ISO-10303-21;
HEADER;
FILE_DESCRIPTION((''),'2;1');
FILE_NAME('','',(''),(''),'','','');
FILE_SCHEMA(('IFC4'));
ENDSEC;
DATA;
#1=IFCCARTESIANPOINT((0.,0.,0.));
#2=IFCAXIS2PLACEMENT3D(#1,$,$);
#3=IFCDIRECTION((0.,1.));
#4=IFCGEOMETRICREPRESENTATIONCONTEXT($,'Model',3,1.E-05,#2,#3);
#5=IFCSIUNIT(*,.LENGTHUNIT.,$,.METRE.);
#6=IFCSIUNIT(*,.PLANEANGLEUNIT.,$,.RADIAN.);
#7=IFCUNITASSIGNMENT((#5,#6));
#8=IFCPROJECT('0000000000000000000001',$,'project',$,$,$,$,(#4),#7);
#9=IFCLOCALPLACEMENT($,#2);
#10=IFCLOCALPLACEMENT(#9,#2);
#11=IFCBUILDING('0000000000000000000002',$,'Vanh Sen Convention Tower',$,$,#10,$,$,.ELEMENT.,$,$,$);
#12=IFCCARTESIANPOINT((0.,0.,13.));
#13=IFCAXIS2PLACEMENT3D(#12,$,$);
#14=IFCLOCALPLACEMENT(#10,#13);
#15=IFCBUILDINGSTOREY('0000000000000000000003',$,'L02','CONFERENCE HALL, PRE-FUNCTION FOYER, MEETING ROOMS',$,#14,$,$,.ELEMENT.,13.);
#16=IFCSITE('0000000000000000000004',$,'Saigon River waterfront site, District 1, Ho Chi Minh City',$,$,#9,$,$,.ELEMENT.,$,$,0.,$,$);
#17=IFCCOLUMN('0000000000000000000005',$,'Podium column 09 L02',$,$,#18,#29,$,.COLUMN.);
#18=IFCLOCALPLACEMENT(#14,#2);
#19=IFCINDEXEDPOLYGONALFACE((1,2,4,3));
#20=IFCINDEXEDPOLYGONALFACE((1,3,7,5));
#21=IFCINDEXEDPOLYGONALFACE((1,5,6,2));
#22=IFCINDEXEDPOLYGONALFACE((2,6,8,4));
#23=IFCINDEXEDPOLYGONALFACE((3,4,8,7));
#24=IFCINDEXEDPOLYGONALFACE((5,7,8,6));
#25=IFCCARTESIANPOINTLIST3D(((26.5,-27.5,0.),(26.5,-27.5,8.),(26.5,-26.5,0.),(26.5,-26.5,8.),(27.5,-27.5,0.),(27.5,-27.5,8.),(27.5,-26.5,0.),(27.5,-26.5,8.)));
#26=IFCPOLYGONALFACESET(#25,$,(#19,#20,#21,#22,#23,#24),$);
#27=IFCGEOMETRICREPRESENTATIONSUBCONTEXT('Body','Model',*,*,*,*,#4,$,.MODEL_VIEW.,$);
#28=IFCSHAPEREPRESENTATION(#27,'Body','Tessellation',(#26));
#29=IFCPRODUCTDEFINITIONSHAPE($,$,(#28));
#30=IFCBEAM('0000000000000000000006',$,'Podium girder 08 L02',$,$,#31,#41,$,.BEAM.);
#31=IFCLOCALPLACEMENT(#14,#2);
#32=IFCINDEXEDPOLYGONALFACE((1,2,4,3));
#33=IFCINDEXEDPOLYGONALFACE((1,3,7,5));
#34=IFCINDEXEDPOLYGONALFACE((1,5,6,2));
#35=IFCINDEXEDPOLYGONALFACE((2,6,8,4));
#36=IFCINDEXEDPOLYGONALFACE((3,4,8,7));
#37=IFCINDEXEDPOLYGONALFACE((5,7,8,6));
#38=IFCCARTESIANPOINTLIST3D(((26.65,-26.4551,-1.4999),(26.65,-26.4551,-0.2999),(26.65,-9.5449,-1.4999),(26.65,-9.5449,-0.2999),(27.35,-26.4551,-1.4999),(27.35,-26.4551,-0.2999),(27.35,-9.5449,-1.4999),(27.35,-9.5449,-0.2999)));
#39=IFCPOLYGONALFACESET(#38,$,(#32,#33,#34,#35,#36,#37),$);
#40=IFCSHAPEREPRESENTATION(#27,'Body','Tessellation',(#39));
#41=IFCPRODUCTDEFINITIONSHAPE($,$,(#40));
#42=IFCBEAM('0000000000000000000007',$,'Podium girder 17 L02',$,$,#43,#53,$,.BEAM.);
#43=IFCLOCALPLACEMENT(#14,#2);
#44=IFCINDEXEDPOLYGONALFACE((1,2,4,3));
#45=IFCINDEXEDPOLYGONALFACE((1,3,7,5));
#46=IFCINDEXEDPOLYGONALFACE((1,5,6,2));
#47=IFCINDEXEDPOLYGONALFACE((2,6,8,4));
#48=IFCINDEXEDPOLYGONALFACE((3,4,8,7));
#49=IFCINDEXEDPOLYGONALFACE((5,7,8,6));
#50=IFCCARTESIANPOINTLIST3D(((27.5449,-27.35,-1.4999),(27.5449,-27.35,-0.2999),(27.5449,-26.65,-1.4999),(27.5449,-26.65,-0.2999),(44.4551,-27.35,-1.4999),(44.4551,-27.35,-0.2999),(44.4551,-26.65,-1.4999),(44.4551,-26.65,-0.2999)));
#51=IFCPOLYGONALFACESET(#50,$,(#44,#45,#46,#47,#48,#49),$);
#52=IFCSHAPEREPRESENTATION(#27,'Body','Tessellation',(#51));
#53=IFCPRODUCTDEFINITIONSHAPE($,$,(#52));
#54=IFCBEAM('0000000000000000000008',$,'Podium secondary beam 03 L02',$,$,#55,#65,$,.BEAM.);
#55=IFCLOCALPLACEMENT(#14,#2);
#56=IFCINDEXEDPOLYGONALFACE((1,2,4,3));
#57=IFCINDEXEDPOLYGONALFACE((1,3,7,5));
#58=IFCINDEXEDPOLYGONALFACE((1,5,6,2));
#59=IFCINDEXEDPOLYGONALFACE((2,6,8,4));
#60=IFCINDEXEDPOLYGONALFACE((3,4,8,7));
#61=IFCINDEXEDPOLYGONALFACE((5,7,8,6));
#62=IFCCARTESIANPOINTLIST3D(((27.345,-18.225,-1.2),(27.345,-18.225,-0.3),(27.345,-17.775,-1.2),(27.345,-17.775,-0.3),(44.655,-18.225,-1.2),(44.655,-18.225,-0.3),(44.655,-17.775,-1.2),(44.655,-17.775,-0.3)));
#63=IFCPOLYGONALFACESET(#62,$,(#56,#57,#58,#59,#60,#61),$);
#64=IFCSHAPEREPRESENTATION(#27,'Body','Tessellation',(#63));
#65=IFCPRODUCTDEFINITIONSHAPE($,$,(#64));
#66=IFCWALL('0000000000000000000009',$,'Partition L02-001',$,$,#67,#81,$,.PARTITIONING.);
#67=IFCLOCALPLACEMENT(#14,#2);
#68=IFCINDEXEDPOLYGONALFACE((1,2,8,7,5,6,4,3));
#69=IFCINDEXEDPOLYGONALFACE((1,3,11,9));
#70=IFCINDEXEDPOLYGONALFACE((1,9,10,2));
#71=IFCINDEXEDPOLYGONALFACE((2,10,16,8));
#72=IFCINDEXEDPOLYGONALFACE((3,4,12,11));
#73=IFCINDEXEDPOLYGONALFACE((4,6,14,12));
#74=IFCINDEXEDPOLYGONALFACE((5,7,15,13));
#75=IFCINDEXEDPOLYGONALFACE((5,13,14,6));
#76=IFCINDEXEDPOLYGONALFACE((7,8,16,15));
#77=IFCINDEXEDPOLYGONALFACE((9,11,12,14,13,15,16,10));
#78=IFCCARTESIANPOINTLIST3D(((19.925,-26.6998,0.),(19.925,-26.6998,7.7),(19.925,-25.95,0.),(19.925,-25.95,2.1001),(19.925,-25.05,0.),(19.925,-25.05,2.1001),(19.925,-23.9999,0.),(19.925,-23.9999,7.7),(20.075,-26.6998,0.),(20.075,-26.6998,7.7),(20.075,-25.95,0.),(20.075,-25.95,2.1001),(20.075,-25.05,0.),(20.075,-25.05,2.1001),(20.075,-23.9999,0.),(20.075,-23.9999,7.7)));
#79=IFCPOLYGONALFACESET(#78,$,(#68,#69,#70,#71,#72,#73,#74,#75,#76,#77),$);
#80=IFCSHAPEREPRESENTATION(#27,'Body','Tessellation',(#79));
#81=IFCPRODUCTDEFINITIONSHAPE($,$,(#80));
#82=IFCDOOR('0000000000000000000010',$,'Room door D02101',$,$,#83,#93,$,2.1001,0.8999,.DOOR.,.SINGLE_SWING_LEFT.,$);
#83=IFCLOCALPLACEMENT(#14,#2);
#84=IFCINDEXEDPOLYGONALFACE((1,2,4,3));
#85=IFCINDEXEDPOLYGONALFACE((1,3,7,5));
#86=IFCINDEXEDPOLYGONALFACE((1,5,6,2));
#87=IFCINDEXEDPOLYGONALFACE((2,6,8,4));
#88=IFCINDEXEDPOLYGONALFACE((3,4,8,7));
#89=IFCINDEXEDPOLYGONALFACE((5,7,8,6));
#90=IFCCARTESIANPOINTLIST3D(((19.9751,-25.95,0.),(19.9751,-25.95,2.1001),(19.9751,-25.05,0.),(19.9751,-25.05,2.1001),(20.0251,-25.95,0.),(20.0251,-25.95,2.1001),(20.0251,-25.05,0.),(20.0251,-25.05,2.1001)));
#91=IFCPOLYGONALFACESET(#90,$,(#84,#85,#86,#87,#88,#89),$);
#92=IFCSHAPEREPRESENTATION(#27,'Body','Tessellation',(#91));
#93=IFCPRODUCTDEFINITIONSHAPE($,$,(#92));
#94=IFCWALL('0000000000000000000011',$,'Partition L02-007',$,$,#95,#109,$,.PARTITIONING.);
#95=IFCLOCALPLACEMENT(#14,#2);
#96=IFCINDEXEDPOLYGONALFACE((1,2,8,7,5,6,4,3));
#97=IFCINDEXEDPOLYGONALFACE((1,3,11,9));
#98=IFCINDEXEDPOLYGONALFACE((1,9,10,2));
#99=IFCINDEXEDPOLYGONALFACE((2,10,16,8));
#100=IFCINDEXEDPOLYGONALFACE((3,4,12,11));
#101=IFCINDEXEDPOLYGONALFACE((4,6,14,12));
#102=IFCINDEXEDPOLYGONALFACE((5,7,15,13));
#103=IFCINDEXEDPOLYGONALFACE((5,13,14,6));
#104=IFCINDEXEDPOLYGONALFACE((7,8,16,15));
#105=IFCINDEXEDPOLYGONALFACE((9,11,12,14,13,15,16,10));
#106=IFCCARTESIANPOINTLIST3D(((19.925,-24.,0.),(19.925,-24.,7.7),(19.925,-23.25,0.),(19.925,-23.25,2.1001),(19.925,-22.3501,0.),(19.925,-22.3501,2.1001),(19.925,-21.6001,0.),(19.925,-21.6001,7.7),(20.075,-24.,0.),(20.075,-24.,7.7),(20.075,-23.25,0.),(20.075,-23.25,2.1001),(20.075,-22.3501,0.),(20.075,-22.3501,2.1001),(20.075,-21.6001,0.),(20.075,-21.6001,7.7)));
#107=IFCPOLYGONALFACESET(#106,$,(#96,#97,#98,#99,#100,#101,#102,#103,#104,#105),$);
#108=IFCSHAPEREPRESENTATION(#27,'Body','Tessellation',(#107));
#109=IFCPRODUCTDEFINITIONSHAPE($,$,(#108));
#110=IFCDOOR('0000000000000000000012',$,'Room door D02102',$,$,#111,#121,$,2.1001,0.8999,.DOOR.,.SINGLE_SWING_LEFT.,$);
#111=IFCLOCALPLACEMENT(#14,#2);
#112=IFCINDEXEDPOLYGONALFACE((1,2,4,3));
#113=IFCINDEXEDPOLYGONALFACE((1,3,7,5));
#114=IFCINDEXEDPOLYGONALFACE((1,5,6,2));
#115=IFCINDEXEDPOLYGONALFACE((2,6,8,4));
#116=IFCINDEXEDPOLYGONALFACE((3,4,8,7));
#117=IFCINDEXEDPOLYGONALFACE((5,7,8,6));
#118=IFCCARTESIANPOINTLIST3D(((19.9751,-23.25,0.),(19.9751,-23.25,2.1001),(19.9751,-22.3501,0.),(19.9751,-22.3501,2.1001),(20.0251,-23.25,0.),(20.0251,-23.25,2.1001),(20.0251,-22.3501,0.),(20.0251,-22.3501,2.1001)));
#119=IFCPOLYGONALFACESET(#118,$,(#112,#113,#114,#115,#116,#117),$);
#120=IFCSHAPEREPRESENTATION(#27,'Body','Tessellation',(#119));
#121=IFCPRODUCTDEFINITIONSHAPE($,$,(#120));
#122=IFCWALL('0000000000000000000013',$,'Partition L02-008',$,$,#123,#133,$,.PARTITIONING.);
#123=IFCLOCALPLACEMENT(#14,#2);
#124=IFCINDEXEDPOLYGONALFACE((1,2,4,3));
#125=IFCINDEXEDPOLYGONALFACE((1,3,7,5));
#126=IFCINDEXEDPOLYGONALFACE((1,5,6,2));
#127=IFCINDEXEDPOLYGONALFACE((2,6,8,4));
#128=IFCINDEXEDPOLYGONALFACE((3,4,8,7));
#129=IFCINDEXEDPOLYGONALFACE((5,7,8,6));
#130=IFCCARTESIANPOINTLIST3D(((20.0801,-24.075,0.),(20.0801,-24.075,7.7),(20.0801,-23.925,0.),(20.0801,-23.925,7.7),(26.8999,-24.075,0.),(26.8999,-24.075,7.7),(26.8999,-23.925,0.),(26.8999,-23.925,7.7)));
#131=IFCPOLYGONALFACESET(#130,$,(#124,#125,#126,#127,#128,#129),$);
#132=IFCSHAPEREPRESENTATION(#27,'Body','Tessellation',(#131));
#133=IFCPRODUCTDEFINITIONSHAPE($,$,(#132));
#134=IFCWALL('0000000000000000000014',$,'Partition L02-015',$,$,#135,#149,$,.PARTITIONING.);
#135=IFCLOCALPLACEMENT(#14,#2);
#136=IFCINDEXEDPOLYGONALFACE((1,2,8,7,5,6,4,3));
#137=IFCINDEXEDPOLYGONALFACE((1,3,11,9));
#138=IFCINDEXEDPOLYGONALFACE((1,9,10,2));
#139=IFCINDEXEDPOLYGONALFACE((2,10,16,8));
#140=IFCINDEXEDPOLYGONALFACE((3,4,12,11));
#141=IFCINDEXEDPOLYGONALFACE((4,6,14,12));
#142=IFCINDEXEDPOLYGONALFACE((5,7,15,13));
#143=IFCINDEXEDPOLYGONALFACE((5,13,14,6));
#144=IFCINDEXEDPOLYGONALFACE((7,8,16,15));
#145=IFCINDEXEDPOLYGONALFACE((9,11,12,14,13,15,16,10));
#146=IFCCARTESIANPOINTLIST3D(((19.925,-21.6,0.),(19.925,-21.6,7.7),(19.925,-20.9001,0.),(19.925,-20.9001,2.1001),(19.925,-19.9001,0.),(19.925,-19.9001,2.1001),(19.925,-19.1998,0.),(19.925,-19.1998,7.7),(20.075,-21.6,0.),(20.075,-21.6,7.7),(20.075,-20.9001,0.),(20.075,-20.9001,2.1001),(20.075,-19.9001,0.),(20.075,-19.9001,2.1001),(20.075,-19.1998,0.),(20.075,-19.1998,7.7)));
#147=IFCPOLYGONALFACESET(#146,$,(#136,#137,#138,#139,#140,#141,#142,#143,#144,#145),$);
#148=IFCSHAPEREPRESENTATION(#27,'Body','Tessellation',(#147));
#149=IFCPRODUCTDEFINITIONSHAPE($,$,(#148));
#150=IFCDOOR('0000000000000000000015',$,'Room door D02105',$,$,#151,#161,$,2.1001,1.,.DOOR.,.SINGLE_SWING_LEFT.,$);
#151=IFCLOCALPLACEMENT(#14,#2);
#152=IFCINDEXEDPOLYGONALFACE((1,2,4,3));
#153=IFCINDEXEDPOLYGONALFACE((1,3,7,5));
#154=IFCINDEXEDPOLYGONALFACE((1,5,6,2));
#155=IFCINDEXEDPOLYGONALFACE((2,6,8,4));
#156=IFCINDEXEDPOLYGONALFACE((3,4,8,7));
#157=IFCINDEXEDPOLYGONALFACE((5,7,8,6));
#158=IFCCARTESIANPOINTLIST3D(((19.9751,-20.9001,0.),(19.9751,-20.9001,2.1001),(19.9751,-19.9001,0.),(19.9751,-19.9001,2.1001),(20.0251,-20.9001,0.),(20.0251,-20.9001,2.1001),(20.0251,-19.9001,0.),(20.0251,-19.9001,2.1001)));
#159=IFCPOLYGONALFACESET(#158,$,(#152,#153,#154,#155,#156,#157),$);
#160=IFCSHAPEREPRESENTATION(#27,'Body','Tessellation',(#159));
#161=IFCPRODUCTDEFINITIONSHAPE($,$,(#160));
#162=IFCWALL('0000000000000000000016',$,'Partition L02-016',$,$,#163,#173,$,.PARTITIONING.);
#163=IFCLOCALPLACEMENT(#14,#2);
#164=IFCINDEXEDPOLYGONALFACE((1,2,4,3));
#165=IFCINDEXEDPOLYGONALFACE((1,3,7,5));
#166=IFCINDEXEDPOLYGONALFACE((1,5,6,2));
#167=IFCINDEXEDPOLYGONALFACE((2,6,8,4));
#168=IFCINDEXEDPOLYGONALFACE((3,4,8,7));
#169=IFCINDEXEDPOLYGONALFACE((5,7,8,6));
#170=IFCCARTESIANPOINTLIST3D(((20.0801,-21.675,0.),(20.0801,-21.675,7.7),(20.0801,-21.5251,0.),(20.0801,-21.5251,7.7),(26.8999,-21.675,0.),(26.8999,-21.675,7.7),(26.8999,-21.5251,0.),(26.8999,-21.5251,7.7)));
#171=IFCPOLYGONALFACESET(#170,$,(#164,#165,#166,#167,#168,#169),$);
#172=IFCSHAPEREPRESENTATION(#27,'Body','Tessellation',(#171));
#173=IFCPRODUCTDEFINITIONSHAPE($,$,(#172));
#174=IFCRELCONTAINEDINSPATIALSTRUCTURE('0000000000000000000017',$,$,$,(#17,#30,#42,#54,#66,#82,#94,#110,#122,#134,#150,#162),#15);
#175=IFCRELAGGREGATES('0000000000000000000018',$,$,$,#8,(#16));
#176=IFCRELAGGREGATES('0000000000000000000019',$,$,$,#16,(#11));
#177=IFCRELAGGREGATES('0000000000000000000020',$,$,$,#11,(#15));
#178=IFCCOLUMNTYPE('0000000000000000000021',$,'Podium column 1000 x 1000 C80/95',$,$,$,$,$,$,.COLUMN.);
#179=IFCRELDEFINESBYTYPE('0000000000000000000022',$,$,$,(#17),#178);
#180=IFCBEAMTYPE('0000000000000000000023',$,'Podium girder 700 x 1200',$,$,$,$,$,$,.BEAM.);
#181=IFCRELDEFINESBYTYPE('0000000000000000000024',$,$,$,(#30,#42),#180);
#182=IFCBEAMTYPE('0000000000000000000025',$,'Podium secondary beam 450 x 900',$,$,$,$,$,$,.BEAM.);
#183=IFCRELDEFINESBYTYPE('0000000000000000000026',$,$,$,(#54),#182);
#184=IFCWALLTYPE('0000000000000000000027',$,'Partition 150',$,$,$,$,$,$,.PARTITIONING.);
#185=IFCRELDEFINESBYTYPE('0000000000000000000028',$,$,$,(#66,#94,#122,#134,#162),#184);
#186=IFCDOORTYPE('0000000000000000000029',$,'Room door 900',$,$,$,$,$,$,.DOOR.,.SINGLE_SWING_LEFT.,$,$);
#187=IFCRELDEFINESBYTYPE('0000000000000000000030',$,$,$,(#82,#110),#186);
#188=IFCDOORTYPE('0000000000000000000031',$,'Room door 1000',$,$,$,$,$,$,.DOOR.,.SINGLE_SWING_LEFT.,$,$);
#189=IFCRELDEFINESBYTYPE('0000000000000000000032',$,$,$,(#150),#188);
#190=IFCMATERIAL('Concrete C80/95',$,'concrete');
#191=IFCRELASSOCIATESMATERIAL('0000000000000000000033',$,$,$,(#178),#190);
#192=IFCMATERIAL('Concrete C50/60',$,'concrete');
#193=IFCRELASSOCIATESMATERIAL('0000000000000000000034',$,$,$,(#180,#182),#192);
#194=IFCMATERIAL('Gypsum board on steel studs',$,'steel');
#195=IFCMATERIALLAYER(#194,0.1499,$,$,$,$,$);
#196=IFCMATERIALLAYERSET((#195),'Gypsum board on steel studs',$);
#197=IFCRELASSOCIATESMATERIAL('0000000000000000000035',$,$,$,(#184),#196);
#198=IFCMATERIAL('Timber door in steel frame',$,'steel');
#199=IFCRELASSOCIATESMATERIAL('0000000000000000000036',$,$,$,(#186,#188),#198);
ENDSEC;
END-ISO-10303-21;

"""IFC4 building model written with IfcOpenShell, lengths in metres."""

from ifc_helpers import new_model, si_unit, direction, frame, frame_2d, origin, origin_2d, place, context, subcontext, project, spatial, rectangle, extrude, material, layer, layer_set, material_profile, profile_set, type_object, element, fill, save


model = new_model("IFC4")

# Units and contexts
model_context = context("Model", 3, precision=1e-05, world=origin(), true_north=direction((0.0, 1.0)))
body_context = subcontext(model_context, "Body", "Model", "MODEL_VIEW")
ifc_project = project(units=[si_unit("LENGTHUNIT", "METRE"), si_unit("PLANEANGLEUNIT", "RADIAN")], contexts=[model_context])

# Site, building, storey
site_placement = place(None, origin())
site = spatial("IfcSite", under=ifc_project, at=site_placement, Name="Saigon River waterfront site, District 1, Ho Chi Minh City", CompositionType="ELEMENT", RefElevation=0.0)
building_placement = place(site_placement, origin())
building = spatial("IfcBuilding", under=site, at=building_placement, Name="Vanh Sen Convention Tower", CompositionType="ELEMENT")
storey_placement = place(building_placement, frame((0.0, 0.0, 13.0)))
storey = spatial("IfcBuildingStorey", under=building, at=storey_placement, Name="L02", Description="CONFERENCE HALL, PRE-FUNCTION FOYER, MEETING ROOMS", CompositionType="ELEMENT", Elevation=13.0)

# Column
ifc_material_1 = material(Name="Concrete C80/95", Category="concrete")
ifc_material_profile_1 = material_profile(ifc_material_1, rectangle(XDim=1.0, YDim=1.0, at=origin_2d()), Name="RC 1000X1000")
ifc_profile_set_1 = profile_set([ifc_material_profile_1], Name="Concrete C80/95")
column_type = type_object("IfcColumnType", Name="Podium column 1000 x 1000 C80/95", PredefinedType="COLUMN", material=ifc_profile_set_1)
column_placement = place(storey_placement, frame((27.0, -27.0, 0.0), z_axis=(0.0, 0.0, 1.0), x_axis=(1.0, 0.0, 0.0)))
element("IfcColumn", 1, at=column_placement, inside=storey, type_object=column_type, Name="Podium column 09 L02", PredefinedType="COLUMN", context=body_context, shape_type="SweptSolid", body=[
    extrude(rectangle(XDim=1.0, YDim=1.0, at=origin_2d()), origin(), (0.0, 0.0, 1.0), 8.0),
])

# Beams
ifc_material_2 = material(Name="Concrete C50/60", Category="concrete")
ifc_material_profile_2 = material_profile(ifc_material_2, rectangle(XDim=0.7, YDim=1.2, at=origin_2d()), Name="RC 700X1200")
ifc_profile_set_2 = profile_set([ifc_material_profile_2], Name="Concrete C50/60")
beam_type_1 = type_object("IfcBeamType", Name="Podium girder 700 x 1200", PredefinedType="BEAM", material=ifc_profile_set_2)
for number, where, z_axis, x_axis, name in (
    (2, (27.0, -26.4551, -0.8999), (0.0, 1.0, 0.0), (-1.0, 0.0, 0.0), "Podium girder 08 L02"),
    (3, (27.5449, -27.0, -0.8999), (1.0, 0.0, 0.0), (0.0, 1.0, 0.0), "Podium girder 17 L02"),
):
    element("IfcBeam", number, at=place(storey_placement, frame(where, z_axis=z_axis, x_axis=x_axis)), inside=storey, type_object=beam_type_1, Name=name, PredefinedType="BEAM", context=body_context, shape_type="SweptSolid", body=[
        extrude(rectangle(XDim=0.7, YDim=1.2, at=origin_2d()), origin(), (0.0, 0.0, 1.0), 16.9102),
    ])
ifc_material_profile_3 = material_profile(ifc_material_2, rectangle(XDim=0.45, YDim=0.8999, at=origin_2d()), Name="RC 450X900")
ifc_profile_set_3 = profile_set([ifc_material_profile_3], Name="Concrete C50/60")
beam_type_2 = type_object("IfcBeamType", Name="Podium secondary beam 450 x 900", PredefinedType="BEAM", material=ifc_profile_set_3)
beam_placement = place(storey_placement, frame((27.345, -18.0, -0.75), z_axis=(1.0, 0.0, 0.0), x_axis=(0.0, 1.0, 0.0)))
element("IfcBeam", 4, at=beam_placement, inside=storey, type_object=beam_type_2, Name="Podium secondary beam 03 L02", PredefinedType="BEAM", context=body_context, shape_type="SweptSolid", body=[
    extrude(rectangle(XDim=0.45, YDim=0.8999, at=origin_2d()), origin(), (0.0, 0.0, 1.0), 17.3101),
])

# Walls, openings, doors
ifc_material_3 = material(Name="Gypsum board on steel studs", Category="steel")
ifc_layer_1 = layer(ifc_material_3, 0.1499)
ifc_layer_set_1 = layer_set([ifc_layer_1], Name="Gypsum board on steel studs")
wall_type_1 = type_object("IfcWallType", Name="Partition 150", PredefinedType="PARTITIONING", material=ifc_layer_set_1)
wall_1_placement = place(storey_placement, frame((20.0, -26.7, 0.0), z_axis=(0.0, 0.0, 1.0), x_axis=(0.0, 1.0, 0.0)))
wall_1 = element("IfcWall", 5, at=wall_1_placement, inside=storey, type_object=wall_type_1, Name="Partition L02-001", PredefinedType="PARTITIONING", context=body_context, shape_type="SweptSolid", body=[
    extrude(rectangle(XDim=2.7, YDim=0.1499, at=frame_2d((1.3501, 0.0))), origin(), (0.0, 0.0, 1.0), 7.7),
])
opening_1_placement = place(wall_1_placement, frame((0.75, 0.0, 0.0)))
opening_1 = element("IfcOpeningElement", 6, at=opening_1_placement, cuts=wall_1, PredefinedType="OPENING", context=body_context, shape_type="SweptSolid", body=[
    extrude(rectangle(XDim=0.8999, YDim=2.1001, at=frame_2d((0.45, 1.05))), frame((0.0, 0.085, 0.0), z_axis=(0.0, -1.0, 0.0), x_axis=(1.0, 0.0, 0.0)), (0.0, 0.0, 1.0), 0.1699),
])
ifc_material_4 = material(Name="Timber door in steel frame", Category="steel")
door_type_1 = type_object("IfcDoorType", Name="Room door 900", OperationType="SINGLE_SWING_LEFT", PredefinedType="DOOR", material=ifc_material_4)
door_1_placement = place(opening_1_placement, origin())
door_1 = element("IfcDoor", 7, at=door_1_placement, inside=storey, type_object=door_type_1, Name="Room door D02101", OperationType="SINGLE_SWING_LEFT", OverallHeight=2.1001, OverallWidth=0.8999, PredefinedType="DOOR", context=body_context, shape_type="SweptSolid", body=[
    extrude(rectangle(XDim=0.8999, YDim=2.1001, at=frame_2d((0.45, 1.05))), frame((0.0, 0.0249, 0.0), z_axis=(0.0, -1.0, 0.0), x_axis=(1.0, 0.0, 0.0)), (0.0, 0.0, 1.0), 0.05),
])
fill(opening_1, door_1)
wall_2_placement = place(storey_placement, frame((20.0, -24.0, 0.0), z_axis=(0.0, 0.0, 1.0), x_axis=(0.0, 1.0, 0.0)))
wall_2 = element("IfcWall", 8, at=wall_2_placement, inside=storey, type_object=wall_type_1, Name="Partition L02-007", PredefinedType="PARTITIONING", context=body_context, shape_type="SweptSolid", body=[
    extrude(rectangle(XDim=2.3999, YDim=0.1499, at=frame_2d((1.2, 0.0))), origin(), (0.0, 0.0, 1.0), 7.7),
])
opening_2_placement = place(wall_2_placement, frame((0.75, 0.0, 0.0)))
opening_2 = element("IfcOpeningElement", 9, at=opening_2_placement, cuts=wall_2, PredefinedType="OPENING", context=body_context, shape_type="SweptSolid", body=[
    extrude(rectangle(XDim=0.8999, YDim=2.1001, at=frame_2d((0.45, 1.05))), frame((0.0, 0.085, 0.0), z_axis=(0.0, -1.0, 0.0), x_axis=(1.0, 0.0, 0.0)), (0.0, 0.0, 1.0), 0.1699),
])
door_2_placement = place(opening_2_placement, origin())
door_2 = element("IfcDoor", 10, at=door_2_placement, inside=storey, type_object=door_type_1, Name="Room door D02102", OperationType="SINGLE_SWING_LEFT", OverallHeight=2.1001, OverallWidth=0.8999, PredefinedType="DOOR", context=body_context, shape_type="SweptSolid", body=[
    extrude(rectangle(XDim=0.8999, YDim=2.1001, at=frame_2d((0.45, 1.05))), frame((0.0, 0.0249, 0.0), z_axis=(0.0, -1.0, 0.0), x_axis=(1.0, 0.0, 0.0)), (0.0, 0.0, 1.0), 0.05),
])
fill(opening_2, door_2)

# Wall
wall_3_placement = place(storey_placement, frame((20.0801, -24.0, 0.0), z_axis=(0.0, 0.0, 1.0), x_axis=(1.0, 0.0, 0.0)))
element("IfcWall", 11, at=wall_3_placement, inside=storey, type_object=wall_type_1, Name="Partition L02-008", PredefinedType="PARTITIONING", context=body_context, shape_type="SweptSolid", body=[
    extrude(rectangle(XDim=6.8198, YDim=0.1499, at=frame_2d((3.4099, 0.0))), origin(), (0.0, 0.0, 1.0), 7.7),
])

# Wall, opening, door
wall_4_placement = place(storey_placement, frame((20.0, -21.6001, 0.0), z_axis=(0.0, 0.0, 1.0), x_axis=(0.0, 1.0, 0.0)))
wall_4 = element("IfcWall", 12, at=wall_4_placement, inside=storey, type_object=wall_type_1, Name="Partition L02-015", PredefinedType="PARTITIONING", context=body_context, shape_type="SweptSolid", body=[
    extrude(rectangle(XDim=2.4001, YDim=0.1499, at=frame_2d((1.2002, 0.0))), origin(), (0.0, 0.0, 1.0), 7.7),
])
opening_3_placement = place(wall_4_placement, frame((0.7, 0.0, 0.0)))
opening_3 = element("IfcOpeningElement", 13, at=opening_3_placement, cuts=wall_4, PredefinedType="OPENING", context=body_context, shape_type="SweptSolid", body=[
    extrude(rectangle(XDim=1.0, YDim=2.1001, at=frame_2d((0.5, 1.05))), frame((0.0, 0.085, 0.0), z_axis=(0.0, -1.0, 0.0), x_axis=(1.0, 0.0, 0.0)), (0.0, 0.0, 1.0), 0.1699),
])
door_type_2 = type_object("IfcDoorType", Name="Room door 1000", OperationType="SINGLE_SWING_LEFT", PredefinedType="DOOR", material=ifc_material_4)
door_3_placement = place(opening_3_placement, origin())
door_3 = element("IfcDoor", 14, at=door_3_placement, inside=storey, type_object=door_type_2, Name="Room door D02105", OperationType="SINGLE_SWING_LEFT", OverallHeight=2.1001, OverallWidth=1.0, PredefinedType="DOOR", context=body_context, shape_type="SweptSolid", body=[
    extrude(rectangle(XDim=1.0, YDim=2.1001, at=frame_2d((0.5, 1.05))), frame((0.0, 0.0249, 0.0), z_axis=(0.0, -1.0, 0.0), x_axis=(1.0, 0.0, 0.0)), (0.0, 0.0, 1.0), 0.05),
])
fill(opening_3, door_3)

# Wall
for number, where, z_axis, x_axis, name in (
    (15, (20.0801, -21.6001, 0.0), (0.0, 0.0, 1.0), (1.0, 0.0, 0.0), "Partition L02-016"),
):
    element("IfcWall", number, at=place(storey_placement, frame(where, z_axis=z_axis, x_axis=x_axis)), inside=storey, type_object=wall_type_1, Name=name, PredefinedType="PARTITIONING", context=body_context, shape_type="SweptSolid", body=[
        extrude(rectangle(XDim=6.8198, YDim=0.1499, at=frame_2d((3.4099, 0.0))), origin(), (0.0, 0.0, 1.0), 7.7),
    ])

save(model, "model.ifc")
